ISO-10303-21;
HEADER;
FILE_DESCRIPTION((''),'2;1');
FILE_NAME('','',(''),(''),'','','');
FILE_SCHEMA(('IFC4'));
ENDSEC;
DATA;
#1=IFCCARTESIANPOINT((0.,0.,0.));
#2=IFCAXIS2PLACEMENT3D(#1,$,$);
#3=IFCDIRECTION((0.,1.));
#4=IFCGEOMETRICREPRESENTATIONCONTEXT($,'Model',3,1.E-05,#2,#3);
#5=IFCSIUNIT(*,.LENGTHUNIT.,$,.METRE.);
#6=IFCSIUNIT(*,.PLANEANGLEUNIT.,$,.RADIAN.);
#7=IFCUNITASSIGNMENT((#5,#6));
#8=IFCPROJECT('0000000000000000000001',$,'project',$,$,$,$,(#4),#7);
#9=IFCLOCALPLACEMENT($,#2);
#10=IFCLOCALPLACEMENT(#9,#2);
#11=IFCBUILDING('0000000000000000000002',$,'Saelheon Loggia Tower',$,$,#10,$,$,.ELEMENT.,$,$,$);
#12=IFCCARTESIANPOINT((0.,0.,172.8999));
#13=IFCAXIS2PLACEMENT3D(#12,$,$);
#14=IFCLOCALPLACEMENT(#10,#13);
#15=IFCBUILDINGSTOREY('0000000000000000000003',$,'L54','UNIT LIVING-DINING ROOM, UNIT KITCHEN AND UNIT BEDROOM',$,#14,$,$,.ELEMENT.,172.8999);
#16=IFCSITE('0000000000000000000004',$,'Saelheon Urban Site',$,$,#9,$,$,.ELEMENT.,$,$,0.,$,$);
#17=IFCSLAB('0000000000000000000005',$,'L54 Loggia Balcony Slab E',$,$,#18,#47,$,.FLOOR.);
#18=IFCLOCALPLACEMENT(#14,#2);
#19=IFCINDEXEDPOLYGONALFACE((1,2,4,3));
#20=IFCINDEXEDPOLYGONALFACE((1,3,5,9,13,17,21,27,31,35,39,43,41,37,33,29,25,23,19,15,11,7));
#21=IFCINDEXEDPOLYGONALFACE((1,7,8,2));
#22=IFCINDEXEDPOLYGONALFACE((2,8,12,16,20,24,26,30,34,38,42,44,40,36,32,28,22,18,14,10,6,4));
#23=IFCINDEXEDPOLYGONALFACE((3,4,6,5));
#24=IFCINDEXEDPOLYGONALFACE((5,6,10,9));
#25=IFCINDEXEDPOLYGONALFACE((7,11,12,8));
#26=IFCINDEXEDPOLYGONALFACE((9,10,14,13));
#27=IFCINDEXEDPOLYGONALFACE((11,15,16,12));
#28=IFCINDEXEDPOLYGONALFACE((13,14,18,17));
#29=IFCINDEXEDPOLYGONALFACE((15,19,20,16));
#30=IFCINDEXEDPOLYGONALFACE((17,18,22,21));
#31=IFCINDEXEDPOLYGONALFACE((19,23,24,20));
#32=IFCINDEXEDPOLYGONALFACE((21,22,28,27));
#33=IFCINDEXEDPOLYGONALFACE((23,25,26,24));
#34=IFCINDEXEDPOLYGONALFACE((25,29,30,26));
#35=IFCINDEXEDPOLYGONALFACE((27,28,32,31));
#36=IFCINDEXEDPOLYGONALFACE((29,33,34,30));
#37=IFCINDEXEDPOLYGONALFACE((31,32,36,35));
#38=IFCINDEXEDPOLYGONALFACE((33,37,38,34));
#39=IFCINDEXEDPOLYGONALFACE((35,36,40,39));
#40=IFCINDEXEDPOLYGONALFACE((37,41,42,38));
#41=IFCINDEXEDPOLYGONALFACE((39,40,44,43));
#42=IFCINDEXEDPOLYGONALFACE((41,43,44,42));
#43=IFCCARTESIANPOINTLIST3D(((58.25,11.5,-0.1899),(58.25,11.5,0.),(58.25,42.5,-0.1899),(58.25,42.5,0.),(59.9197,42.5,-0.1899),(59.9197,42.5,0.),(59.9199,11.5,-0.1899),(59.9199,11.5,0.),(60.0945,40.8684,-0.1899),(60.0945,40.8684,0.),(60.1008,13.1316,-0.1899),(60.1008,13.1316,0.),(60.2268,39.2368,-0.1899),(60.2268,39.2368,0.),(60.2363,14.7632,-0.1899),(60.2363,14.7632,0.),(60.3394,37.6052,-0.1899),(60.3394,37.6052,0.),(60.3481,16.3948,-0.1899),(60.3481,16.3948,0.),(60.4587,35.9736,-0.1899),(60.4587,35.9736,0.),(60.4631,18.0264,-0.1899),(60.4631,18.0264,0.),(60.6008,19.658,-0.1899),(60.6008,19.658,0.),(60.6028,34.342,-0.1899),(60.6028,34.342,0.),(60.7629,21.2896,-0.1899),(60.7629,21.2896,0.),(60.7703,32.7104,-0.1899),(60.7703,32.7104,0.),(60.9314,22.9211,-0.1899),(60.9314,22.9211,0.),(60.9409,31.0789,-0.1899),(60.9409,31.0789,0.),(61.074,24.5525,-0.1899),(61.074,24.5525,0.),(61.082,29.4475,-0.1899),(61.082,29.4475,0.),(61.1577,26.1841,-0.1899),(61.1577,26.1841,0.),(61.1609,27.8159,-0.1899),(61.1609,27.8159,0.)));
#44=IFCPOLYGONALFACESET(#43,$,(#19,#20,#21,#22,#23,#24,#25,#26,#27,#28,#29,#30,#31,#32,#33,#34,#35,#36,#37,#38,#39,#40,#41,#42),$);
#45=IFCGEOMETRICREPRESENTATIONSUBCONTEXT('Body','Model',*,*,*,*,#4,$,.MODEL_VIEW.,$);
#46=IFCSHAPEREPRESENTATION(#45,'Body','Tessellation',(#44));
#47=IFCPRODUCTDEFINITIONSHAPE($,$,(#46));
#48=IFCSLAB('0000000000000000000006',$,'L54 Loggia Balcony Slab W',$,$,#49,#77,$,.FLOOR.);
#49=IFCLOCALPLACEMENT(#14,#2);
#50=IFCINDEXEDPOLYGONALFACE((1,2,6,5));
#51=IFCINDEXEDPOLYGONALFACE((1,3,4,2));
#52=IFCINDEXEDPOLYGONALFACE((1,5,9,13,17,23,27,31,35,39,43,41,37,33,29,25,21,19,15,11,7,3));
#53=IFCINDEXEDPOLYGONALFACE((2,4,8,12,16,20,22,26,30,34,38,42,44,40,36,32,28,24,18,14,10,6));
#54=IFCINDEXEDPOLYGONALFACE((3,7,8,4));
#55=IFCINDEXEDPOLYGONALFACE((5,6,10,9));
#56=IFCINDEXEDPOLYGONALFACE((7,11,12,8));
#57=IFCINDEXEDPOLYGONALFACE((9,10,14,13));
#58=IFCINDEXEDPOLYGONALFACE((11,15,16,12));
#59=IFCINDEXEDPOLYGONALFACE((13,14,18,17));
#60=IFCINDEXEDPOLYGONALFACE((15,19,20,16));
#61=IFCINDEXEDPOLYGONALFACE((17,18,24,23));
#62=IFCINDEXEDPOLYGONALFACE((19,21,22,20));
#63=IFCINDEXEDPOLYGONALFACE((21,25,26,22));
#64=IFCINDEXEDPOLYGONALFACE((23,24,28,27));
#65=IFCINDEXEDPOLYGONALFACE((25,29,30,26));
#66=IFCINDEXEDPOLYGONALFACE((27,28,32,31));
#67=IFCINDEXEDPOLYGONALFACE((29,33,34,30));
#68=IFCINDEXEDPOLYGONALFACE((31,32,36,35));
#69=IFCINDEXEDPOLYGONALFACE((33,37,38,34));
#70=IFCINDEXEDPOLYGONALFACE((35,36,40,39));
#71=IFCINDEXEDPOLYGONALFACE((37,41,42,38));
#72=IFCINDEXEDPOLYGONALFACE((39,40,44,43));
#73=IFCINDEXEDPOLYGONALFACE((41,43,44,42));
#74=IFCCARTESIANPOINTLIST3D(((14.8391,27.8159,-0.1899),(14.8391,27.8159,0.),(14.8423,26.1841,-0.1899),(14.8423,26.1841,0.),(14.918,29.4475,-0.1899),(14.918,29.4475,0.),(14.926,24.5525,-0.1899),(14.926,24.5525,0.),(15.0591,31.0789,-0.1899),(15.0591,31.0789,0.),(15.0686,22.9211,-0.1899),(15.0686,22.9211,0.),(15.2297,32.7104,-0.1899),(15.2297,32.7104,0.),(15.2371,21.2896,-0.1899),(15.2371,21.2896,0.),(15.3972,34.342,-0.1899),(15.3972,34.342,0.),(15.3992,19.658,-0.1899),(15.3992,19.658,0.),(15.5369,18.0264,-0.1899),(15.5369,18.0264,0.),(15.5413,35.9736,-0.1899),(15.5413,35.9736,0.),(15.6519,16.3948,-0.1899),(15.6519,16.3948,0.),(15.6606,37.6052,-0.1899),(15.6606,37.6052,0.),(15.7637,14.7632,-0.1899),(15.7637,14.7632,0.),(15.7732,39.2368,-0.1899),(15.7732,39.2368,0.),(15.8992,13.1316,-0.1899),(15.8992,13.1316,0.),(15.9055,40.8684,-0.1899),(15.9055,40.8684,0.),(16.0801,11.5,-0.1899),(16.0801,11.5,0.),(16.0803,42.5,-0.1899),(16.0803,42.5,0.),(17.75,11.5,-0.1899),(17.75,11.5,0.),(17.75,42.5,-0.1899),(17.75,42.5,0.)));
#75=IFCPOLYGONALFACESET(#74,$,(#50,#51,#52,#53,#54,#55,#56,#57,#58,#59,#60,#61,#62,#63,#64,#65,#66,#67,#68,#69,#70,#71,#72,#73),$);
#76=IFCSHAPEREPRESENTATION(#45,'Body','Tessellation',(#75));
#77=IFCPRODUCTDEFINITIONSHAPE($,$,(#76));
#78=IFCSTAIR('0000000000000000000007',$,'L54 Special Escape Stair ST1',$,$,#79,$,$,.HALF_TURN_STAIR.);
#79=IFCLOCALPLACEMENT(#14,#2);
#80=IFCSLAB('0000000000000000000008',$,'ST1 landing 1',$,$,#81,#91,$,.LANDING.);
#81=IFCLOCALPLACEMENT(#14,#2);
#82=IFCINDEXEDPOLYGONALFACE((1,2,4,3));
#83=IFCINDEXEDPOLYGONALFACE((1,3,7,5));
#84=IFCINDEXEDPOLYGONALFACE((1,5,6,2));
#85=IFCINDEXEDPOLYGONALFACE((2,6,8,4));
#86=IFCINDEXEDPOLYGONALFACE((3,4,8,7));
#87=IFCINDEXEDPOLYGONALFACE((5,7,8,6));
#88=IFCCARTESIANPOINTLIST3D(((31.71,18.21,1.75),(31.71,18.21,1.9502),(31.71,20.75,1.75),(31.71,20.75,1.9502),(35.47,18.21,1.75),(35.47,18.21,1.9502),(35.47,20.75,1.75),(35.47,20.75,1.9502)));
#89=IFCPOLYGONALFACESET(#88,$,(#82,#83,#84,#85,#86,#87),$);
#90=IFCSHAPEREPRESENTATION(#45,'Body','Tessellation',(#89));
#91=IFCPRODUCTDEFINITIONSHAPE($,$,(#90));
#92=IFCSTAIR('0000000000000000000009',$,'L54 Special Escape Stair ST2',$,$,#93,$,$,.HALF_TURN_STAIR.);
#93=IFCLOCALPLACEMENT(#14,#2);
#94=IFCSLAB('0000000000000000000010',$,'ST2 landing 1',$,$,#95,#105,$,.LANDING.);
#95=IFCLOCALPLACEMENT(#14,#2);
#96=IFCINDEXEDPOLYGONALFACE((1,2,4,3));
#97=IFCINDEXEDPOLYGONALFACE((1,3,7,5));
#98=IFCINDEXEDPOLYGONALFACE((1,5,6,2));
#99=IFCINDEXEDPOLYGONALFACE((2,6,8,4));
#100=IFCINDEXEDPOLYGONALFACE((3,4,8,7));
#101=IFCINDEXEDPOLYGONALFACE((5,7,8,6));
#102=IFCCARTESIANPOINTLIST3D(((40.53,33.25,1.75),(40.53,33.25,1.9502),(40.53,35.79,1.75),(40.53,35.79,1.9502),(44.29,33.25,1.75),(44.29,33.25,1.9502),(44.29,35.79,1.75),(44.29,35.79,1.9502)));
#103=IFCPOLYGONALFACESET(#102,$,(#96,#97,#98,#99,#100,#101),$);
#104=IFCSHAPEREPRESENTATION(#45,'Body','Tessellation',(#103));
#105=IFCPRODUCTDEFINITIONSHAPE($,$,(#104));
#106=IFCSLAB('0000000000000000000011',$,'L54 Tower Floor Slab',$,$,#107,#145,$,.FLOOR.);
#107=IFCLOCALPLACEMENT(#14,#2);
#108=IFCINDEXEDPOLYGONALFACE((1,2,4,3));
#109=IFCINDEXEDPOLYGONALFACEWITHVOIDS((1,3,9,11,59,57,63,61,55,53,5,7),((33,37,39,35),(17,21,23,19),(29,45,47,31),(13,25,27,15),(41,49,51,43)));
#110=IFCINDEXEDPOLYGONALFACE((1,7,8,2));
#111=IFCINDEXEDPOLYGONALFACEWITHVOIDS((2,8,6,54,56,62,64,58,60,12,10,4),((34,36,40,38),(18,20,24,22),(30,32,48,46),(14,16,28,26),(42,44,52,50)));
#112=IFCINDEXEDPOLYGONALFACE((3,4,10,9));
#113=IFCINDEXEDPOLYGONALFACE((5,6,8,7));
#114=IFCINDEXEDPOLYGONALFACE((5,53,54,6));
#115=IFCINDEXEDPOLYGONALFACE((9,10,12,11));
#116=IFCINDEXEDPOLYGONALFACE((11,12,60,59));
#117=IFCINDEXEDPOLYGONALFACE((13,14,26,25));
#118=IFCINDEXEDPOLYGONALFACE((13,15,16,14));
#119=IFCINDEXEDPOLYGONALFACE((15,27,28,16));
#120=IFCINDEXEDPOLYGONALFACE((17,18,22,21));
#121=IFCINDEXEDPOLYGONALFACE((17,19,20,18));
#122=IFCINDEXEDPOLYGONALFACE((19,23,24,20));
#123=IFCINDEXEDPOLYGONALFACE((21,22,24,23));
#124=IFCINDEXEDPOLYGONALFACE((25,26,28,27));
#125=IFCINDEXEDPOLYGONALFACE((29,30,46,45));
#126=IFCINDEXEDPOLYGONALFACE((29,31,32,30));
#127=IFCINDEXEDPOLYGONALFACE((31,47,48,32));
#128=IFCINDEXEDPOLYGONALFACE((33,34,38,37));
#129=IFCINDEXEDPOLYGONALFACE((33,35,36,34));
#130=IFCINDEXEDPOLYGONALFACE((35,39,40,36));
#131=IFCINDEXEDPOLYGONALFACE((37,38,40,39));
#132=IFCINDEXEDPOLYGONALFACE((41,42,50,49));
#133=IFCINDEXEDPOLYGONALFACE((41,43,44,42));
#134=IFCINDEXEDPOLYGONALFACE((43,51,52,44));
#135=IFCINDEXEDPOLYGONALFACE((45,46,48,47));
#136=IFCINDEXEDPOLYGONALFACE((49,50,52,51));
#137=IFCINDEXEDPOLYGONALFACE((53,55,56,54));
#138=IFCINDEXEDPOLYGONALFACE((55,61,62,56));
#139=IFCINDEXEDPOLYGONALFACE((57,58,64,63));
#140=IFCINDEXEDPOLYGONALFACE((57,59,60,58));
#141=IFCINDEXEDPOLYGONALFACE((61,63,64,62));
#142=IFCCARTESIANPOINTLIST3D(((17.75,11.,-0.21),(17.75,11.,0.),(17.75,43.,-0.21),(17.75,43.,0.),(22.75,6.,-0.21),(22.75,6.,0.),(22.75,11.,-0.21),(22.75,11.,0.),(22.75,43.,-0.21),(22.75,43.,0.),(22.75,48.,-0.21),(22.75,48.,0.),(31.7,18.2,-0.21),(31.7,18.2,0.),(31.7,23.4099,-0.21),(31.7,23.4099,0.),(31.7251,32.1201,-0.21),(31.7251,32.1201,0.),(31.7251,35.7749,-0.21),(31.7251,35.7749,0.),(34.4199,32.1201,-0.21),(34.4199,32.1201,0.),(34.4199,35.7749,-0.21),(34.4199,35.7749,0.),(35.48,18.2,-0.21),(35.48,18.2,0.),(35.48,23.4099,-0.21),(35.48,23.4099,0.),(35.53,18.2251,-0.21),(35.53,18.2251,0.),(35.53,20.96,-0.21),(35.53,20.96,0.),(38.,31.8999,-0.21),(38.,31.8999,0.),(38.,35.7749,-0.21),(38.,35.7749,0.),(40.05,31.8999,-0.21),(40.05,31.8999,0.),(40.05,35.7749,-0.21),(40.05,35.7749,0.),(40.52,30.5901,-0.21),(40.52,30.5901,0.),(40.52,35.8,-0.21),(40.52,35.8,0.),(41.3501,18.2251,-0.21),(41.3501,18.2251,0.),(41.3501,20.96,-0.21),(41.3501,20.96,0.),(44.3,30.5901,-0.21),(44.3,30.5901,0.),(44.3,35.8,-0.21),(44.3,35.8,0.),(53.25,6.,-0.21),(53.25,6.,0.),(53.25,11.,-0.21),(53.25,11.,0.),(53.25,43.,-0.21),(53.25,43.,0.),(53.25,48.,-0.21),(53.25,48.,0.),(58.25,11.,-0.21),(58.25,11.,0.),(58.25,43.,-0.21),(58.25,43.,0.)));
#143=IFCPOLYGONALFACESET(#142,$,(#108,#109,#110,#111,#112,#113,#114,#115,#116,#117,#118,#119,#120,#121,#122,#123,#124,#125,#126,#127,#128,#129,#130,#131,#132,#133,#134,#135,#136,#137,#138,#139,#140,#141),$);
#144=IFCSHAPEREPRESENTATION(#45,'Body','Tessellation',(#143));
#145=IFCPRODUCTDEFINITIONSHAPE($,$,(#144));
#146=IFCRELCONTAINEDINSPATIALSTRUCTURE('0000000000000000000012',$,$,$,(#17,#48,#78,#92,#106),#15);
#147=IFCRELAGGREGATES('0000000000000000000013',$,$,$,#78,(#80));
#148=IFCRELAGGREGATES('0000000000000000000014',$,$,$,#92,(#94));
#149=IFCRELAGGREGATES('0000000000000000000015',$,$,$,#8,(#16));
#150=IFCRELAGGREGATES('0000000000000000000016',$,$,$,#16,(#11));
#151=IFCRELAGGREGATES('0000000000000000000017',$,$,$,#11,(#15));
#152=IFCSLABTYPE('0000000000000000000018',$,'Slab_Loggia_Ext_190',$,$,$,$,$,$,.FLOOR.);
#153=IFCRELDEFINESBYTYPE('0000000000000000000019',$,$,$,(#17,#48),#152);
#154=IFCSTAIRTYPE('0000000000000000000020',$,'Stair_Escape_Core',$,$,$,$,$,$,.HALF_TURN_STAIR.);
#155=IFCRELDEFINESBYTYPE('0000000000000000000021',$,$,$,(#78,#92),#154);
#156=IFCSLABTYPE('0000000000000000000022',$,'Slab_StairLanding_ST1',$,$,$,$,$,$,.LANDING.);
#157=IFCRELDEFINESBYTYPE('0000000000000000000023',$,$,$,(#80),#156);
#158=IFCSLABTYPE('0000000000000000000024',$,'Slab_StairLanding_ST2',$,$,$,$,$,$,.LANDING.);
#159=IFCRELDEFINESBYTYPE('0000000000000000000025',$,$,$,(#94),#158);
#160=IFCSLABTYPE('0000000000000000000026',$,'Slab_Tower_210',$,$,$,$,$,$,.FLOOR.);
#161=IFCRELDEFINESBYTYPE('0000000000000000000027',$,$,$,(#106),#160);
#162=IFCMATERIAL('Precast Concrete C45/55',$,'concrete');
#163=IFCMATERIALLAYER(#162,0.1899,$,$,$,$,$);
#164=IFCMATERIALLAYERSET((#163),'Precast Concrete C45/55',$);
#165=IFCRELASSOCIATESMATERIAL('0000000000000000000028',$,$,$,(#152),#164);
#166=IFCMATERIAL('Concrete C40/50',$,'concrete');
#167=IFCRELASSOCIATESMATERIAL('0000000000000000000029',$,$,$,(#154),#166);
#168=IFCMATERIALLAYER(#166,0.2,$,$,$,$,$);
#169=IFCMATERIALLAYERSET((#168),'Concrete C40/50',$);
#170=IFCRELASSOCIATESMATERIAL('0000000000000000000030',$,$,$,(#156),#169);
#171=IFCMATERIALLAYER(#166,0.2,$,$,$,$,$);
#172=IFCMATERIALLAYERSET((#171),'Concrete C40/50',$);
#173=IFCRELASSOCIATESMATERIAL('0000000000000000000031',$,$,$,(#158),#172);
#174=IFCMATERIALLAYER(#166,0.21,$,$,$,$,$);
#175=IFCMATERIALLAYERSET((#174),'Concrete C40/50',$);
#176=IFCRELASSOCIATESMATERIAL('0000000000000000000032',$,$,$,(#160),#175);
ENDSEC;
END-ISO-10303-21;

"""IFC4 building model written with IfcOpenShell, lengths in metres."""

from ifc_helpers import new_model, si_unit, direction, frame, origin, place, context, subcontext, project, spatial, polyline, outline, extrude, material, layer, layer_set, type_object, element, aggregate, save


model = new_model("IFC4")

# Units and contexts
model_context = context("Model", 3, precision=1e-05, world=origin(), true_north=direction((0.0, 1.0)))
body_context = subcontext(model_context, "Body", "Model", "MODEL_VIEW")
ifc_project = project(units=[si_unit("LENGTHUNIT", "METRE"), si_unit("PLANEANGLEUNIT", "RADIAN")], contexts=[model_context])

# Site, building, storey
site_placement = place(None, origin())
site = spatial("IfcSite", under=ifc_project, at=site_placement, Name="Saelheon Urban Site", CompositionType="ELEMENT", RefElevation=0.0)
building_placement = place(site_placement, origin())
building = spatial("IfcBuilding", under=site, at=building_placement, Name="Saelheon Loggia Tower", CompositionType="ELEMENT")
storey_placement = place(building_placement, frame((0.0, 0.0, 172.8999)))
storey = spatial("IfcBuildingStorey", under=building, at=storey_placement, Name="L54", Description="UNIT LIVING-DINING ROOM, UNIT KITCHEN AND UNIT BEDROOM", CompositionType="ELEMENT", Elevation=172.8999)

# Shared definitions
ifc_material_1 = material(Name="Precast Concrete C45/55", Category="concrete")

# Slabs
ifc_layer_1 = layer(ifc_material_1, 0.1899)
ifc_layer_set_1 = layer_set([ifc_layer_1], Name="Precast Concrete C45/55")
slab_type_1 = type_object("IfcSlabType", Name="Slab_Loggia_Ext_190", PredefinedType="FLOOR", material=ifc_layer_set_1)
slab_1_placement = place(storey_placement, frame((0.0, 0.0, -0.1899)))
element("IfcSlab", 1, at=slab_1_placement, inside=storey, type_object=slab_type_1, Name="L54 Loggia Balcony Slab E", PredefinedType="FLOOR", context=body_context, shape_type="SweptSolid", body=[
    extrude(outline(polyline([(58.25, 11.5), (59.9199, 11.5), (60.1008, 13.1316), (60.2363, 14.7632), (60.3481, 16.3948), (60.4631, 18.0264), (60.6008, 19.658), (60.7629, 21.2896), (60.9314, 22.9211), (61.074, 24.5525), (61.1577, 26.1841), (61.1609, 27.8159), (61.082, 29.4475), (60.9409, 31.0789), (60.7703, 32.7104), (60.6028, 34.342), (60.4587, 35.9736), (60.3394, 37.6052), (60.2268, 39.2368), (60.0945, 40.8684), (59.9197, 42.5), (58.25, 42.5), (58.25, 11.5)])), origin(), (0.0, 0.0, 1.0), 0.1899),
])
slab_2_placement = place(storey_placement, frame((0.0, 0.0, -0.1899)))
element("IfcSlab", 2, at=slab_2_placement, inside=storey, type_object=slab_type_1, Name="L54 Loggia Balcony Slab W", PredefinedType="FLOOR", context=body_context, shape_type="SweptSolid", body=[
    extrude(outline(polyline([(17.75, 11.5), (17.75, 42.5), (16.0803, 42.5), (15.9055, 40.8684), (15.7732, 39.2368), (15.6606, 37.6052), (15.5413, 35.9736), (15.3972, 34.342), (15.2297, 32.7104), (15.0591, 31.0789), (14.918, 29.4475), (14.8391, 27.8159), (14.8423, 26.1841), (14.926, 24.5525), (15.0686, 22.9211), (15.2371, 21.2896), (15.3992, 19.658), (15.5369, 18.0264), (15.6519, 16.3948), (15.7637, 14.7632), (15.8992, 13.1316), (16.0801, 11.5), (17.75, 11.5)])), origin(), (0.0, 0.0, 1.0), 0.1899),
])

# Stairs, slabs
ifc_material_2 = material(Name="Concrete C40/50", Category="concrete")
stair_type = type_object("IfcStairType", Name="Stair_Escape_Core", PredefinedType="HALF_TURN_STAIR", material=ifc_material_2)
stair_1_placement = place(storey_placement, origin())
stair_1 = element("IfcStair", 3, at=stair_1_placement, inside=storey, type_object=stair_type, Name="L54 Special Escape Stair ST1", PredefinedType="HALF_TURN_STAIR")
ifc_layer_2 = layer(ifc_material_2, 0.2)
ifc_layer_set_2 = layer_set([ifc_layer_2], Name="Concrete C40/50")
slab_type_2 = type_object("IfcSlabType", Name="Slab_StairLanding_ST1", PredefinedType="LANDING", material=ifc_layer_set_2)
slab_3_placement = place(storey_placement, frame((0.0, 0.0, 1.75)))
slab_3 = element("IfcSlab", 4, at=slab_3_placement, type_object=slab_type_2, Name="ST1 landing 1", PredefinedType="LANDING", context=body_context, shape_type="SweptSolid", body=[
    extrude(outline(polyline([(31.71, 20.75), (31.71, 18.21), (35.47, 18.21), (35.47, 20.75), (31.71, 20.75)])), origin(), (0.0, 0.0, 1.0), 0.2002),
])
aggregate(stair_1, [slab_3])
stair_2_placement = place(storey_placement, origin())
stair_2 = element("IfcStair", 5, at=stair_2_placement, inside=storey, type_object=stair_type, Name="L54 Special Escape Stair ST2", PredefinedType="HALF_TURN_STAIR")
ifc_layer_3 = layer(ifc_material_2, 0.2)
ifc_layer_set_3 = layer_set([ifc_layer_3], Name="Concrete C40/50")
slab_type_3 = type_object("IfcSlabType", Name="Slab_StairLanding_ST2", PredefinedType="LANDING", material=ifc_layer_set_3)
slab_4_placement = place(storey_placement, frame((0.0, 0.0, 1.75)))
slab_4 = element("IfcSlab", 6, at=slab_4_placement, type_object=slab_type_3, Name="ST2 landing 1", PredefinedType="LANDING", context=body_context, shape_type="SweptSolid", body=[
    extrude(outline(polyline([(44.29, 33.25), (44.29, 35.79), (40.53, 35.79), (40.53, 33.25), (44.29, 33.25)])), origin(), (0.0, 0.0, 1.0), 0.2002),
])
aggregate(stair_2, [slab_4])

# Slab
ifc_layer_4 = layer(ifc_material_2, 0.21)
ifc_layer_set_4 = layer_set([ifc_layer_4], Name="Concrete C40/50")
slab_type_4 = type_object("IfcSlabType", Name="Slab_Tower_210", PredefinedType="FLOOR", material=ifc_layer_set_4)
slab_5_placement = place(storey_placement, frame((0.0, 0.0, -0.21)))
element("IfcSlab", 7, at=slab_5_placement, inside=storey, type_object=slab_type_4, Name="L54 Tower Floor Slab", PredefinedType="FLOOR", context=body_context, shape_type="SweptSolid", body=[
    extrude(outline(polyline([(22.75, 6.0), (53.25, 6.0), (53.25, 11.0), (58.25, 11.0), (58.25, 43.0), (53.25, 43.0), (53.25, 48.0), (22.75, 48.0), (22.75, 43.0), (17.75, 43.0), (17.75, 11.0), (22.75, 11.0), (22.75, 6.0)]), holes=[polyline([(31.7, 23.4099), (31.7, 18.2), (35.48, 18.2), (35.48, 23.4099), (31.7, 23.4099)]), polyline([(44.3, 30.5901), (44.3, 35.8), (40.52, 35.8), (40.52, 30.5901), (44.3, 30.5901)]), polyline([(35.53, 18.2251), (41.3501, 18.2251), (41.3501, 20.96), (35.53, 20.96), (35.53, 18.2251)]), polyline([(31.7251, 32.1201), (34.4199, 32.1201), (34.4199, 35.7749), (31.7251, 35.7749), (31.7251, 32.1201)]), polyline([(38.0, 31.8999), (40.05, 31.8999), (40.05, 35.7749), (38.0, 35.7749), (38.0, 31.8999)])]), origin(), (0.0, 0.0, 1.0), 0.21),
])

save(model, "model.ifc")
